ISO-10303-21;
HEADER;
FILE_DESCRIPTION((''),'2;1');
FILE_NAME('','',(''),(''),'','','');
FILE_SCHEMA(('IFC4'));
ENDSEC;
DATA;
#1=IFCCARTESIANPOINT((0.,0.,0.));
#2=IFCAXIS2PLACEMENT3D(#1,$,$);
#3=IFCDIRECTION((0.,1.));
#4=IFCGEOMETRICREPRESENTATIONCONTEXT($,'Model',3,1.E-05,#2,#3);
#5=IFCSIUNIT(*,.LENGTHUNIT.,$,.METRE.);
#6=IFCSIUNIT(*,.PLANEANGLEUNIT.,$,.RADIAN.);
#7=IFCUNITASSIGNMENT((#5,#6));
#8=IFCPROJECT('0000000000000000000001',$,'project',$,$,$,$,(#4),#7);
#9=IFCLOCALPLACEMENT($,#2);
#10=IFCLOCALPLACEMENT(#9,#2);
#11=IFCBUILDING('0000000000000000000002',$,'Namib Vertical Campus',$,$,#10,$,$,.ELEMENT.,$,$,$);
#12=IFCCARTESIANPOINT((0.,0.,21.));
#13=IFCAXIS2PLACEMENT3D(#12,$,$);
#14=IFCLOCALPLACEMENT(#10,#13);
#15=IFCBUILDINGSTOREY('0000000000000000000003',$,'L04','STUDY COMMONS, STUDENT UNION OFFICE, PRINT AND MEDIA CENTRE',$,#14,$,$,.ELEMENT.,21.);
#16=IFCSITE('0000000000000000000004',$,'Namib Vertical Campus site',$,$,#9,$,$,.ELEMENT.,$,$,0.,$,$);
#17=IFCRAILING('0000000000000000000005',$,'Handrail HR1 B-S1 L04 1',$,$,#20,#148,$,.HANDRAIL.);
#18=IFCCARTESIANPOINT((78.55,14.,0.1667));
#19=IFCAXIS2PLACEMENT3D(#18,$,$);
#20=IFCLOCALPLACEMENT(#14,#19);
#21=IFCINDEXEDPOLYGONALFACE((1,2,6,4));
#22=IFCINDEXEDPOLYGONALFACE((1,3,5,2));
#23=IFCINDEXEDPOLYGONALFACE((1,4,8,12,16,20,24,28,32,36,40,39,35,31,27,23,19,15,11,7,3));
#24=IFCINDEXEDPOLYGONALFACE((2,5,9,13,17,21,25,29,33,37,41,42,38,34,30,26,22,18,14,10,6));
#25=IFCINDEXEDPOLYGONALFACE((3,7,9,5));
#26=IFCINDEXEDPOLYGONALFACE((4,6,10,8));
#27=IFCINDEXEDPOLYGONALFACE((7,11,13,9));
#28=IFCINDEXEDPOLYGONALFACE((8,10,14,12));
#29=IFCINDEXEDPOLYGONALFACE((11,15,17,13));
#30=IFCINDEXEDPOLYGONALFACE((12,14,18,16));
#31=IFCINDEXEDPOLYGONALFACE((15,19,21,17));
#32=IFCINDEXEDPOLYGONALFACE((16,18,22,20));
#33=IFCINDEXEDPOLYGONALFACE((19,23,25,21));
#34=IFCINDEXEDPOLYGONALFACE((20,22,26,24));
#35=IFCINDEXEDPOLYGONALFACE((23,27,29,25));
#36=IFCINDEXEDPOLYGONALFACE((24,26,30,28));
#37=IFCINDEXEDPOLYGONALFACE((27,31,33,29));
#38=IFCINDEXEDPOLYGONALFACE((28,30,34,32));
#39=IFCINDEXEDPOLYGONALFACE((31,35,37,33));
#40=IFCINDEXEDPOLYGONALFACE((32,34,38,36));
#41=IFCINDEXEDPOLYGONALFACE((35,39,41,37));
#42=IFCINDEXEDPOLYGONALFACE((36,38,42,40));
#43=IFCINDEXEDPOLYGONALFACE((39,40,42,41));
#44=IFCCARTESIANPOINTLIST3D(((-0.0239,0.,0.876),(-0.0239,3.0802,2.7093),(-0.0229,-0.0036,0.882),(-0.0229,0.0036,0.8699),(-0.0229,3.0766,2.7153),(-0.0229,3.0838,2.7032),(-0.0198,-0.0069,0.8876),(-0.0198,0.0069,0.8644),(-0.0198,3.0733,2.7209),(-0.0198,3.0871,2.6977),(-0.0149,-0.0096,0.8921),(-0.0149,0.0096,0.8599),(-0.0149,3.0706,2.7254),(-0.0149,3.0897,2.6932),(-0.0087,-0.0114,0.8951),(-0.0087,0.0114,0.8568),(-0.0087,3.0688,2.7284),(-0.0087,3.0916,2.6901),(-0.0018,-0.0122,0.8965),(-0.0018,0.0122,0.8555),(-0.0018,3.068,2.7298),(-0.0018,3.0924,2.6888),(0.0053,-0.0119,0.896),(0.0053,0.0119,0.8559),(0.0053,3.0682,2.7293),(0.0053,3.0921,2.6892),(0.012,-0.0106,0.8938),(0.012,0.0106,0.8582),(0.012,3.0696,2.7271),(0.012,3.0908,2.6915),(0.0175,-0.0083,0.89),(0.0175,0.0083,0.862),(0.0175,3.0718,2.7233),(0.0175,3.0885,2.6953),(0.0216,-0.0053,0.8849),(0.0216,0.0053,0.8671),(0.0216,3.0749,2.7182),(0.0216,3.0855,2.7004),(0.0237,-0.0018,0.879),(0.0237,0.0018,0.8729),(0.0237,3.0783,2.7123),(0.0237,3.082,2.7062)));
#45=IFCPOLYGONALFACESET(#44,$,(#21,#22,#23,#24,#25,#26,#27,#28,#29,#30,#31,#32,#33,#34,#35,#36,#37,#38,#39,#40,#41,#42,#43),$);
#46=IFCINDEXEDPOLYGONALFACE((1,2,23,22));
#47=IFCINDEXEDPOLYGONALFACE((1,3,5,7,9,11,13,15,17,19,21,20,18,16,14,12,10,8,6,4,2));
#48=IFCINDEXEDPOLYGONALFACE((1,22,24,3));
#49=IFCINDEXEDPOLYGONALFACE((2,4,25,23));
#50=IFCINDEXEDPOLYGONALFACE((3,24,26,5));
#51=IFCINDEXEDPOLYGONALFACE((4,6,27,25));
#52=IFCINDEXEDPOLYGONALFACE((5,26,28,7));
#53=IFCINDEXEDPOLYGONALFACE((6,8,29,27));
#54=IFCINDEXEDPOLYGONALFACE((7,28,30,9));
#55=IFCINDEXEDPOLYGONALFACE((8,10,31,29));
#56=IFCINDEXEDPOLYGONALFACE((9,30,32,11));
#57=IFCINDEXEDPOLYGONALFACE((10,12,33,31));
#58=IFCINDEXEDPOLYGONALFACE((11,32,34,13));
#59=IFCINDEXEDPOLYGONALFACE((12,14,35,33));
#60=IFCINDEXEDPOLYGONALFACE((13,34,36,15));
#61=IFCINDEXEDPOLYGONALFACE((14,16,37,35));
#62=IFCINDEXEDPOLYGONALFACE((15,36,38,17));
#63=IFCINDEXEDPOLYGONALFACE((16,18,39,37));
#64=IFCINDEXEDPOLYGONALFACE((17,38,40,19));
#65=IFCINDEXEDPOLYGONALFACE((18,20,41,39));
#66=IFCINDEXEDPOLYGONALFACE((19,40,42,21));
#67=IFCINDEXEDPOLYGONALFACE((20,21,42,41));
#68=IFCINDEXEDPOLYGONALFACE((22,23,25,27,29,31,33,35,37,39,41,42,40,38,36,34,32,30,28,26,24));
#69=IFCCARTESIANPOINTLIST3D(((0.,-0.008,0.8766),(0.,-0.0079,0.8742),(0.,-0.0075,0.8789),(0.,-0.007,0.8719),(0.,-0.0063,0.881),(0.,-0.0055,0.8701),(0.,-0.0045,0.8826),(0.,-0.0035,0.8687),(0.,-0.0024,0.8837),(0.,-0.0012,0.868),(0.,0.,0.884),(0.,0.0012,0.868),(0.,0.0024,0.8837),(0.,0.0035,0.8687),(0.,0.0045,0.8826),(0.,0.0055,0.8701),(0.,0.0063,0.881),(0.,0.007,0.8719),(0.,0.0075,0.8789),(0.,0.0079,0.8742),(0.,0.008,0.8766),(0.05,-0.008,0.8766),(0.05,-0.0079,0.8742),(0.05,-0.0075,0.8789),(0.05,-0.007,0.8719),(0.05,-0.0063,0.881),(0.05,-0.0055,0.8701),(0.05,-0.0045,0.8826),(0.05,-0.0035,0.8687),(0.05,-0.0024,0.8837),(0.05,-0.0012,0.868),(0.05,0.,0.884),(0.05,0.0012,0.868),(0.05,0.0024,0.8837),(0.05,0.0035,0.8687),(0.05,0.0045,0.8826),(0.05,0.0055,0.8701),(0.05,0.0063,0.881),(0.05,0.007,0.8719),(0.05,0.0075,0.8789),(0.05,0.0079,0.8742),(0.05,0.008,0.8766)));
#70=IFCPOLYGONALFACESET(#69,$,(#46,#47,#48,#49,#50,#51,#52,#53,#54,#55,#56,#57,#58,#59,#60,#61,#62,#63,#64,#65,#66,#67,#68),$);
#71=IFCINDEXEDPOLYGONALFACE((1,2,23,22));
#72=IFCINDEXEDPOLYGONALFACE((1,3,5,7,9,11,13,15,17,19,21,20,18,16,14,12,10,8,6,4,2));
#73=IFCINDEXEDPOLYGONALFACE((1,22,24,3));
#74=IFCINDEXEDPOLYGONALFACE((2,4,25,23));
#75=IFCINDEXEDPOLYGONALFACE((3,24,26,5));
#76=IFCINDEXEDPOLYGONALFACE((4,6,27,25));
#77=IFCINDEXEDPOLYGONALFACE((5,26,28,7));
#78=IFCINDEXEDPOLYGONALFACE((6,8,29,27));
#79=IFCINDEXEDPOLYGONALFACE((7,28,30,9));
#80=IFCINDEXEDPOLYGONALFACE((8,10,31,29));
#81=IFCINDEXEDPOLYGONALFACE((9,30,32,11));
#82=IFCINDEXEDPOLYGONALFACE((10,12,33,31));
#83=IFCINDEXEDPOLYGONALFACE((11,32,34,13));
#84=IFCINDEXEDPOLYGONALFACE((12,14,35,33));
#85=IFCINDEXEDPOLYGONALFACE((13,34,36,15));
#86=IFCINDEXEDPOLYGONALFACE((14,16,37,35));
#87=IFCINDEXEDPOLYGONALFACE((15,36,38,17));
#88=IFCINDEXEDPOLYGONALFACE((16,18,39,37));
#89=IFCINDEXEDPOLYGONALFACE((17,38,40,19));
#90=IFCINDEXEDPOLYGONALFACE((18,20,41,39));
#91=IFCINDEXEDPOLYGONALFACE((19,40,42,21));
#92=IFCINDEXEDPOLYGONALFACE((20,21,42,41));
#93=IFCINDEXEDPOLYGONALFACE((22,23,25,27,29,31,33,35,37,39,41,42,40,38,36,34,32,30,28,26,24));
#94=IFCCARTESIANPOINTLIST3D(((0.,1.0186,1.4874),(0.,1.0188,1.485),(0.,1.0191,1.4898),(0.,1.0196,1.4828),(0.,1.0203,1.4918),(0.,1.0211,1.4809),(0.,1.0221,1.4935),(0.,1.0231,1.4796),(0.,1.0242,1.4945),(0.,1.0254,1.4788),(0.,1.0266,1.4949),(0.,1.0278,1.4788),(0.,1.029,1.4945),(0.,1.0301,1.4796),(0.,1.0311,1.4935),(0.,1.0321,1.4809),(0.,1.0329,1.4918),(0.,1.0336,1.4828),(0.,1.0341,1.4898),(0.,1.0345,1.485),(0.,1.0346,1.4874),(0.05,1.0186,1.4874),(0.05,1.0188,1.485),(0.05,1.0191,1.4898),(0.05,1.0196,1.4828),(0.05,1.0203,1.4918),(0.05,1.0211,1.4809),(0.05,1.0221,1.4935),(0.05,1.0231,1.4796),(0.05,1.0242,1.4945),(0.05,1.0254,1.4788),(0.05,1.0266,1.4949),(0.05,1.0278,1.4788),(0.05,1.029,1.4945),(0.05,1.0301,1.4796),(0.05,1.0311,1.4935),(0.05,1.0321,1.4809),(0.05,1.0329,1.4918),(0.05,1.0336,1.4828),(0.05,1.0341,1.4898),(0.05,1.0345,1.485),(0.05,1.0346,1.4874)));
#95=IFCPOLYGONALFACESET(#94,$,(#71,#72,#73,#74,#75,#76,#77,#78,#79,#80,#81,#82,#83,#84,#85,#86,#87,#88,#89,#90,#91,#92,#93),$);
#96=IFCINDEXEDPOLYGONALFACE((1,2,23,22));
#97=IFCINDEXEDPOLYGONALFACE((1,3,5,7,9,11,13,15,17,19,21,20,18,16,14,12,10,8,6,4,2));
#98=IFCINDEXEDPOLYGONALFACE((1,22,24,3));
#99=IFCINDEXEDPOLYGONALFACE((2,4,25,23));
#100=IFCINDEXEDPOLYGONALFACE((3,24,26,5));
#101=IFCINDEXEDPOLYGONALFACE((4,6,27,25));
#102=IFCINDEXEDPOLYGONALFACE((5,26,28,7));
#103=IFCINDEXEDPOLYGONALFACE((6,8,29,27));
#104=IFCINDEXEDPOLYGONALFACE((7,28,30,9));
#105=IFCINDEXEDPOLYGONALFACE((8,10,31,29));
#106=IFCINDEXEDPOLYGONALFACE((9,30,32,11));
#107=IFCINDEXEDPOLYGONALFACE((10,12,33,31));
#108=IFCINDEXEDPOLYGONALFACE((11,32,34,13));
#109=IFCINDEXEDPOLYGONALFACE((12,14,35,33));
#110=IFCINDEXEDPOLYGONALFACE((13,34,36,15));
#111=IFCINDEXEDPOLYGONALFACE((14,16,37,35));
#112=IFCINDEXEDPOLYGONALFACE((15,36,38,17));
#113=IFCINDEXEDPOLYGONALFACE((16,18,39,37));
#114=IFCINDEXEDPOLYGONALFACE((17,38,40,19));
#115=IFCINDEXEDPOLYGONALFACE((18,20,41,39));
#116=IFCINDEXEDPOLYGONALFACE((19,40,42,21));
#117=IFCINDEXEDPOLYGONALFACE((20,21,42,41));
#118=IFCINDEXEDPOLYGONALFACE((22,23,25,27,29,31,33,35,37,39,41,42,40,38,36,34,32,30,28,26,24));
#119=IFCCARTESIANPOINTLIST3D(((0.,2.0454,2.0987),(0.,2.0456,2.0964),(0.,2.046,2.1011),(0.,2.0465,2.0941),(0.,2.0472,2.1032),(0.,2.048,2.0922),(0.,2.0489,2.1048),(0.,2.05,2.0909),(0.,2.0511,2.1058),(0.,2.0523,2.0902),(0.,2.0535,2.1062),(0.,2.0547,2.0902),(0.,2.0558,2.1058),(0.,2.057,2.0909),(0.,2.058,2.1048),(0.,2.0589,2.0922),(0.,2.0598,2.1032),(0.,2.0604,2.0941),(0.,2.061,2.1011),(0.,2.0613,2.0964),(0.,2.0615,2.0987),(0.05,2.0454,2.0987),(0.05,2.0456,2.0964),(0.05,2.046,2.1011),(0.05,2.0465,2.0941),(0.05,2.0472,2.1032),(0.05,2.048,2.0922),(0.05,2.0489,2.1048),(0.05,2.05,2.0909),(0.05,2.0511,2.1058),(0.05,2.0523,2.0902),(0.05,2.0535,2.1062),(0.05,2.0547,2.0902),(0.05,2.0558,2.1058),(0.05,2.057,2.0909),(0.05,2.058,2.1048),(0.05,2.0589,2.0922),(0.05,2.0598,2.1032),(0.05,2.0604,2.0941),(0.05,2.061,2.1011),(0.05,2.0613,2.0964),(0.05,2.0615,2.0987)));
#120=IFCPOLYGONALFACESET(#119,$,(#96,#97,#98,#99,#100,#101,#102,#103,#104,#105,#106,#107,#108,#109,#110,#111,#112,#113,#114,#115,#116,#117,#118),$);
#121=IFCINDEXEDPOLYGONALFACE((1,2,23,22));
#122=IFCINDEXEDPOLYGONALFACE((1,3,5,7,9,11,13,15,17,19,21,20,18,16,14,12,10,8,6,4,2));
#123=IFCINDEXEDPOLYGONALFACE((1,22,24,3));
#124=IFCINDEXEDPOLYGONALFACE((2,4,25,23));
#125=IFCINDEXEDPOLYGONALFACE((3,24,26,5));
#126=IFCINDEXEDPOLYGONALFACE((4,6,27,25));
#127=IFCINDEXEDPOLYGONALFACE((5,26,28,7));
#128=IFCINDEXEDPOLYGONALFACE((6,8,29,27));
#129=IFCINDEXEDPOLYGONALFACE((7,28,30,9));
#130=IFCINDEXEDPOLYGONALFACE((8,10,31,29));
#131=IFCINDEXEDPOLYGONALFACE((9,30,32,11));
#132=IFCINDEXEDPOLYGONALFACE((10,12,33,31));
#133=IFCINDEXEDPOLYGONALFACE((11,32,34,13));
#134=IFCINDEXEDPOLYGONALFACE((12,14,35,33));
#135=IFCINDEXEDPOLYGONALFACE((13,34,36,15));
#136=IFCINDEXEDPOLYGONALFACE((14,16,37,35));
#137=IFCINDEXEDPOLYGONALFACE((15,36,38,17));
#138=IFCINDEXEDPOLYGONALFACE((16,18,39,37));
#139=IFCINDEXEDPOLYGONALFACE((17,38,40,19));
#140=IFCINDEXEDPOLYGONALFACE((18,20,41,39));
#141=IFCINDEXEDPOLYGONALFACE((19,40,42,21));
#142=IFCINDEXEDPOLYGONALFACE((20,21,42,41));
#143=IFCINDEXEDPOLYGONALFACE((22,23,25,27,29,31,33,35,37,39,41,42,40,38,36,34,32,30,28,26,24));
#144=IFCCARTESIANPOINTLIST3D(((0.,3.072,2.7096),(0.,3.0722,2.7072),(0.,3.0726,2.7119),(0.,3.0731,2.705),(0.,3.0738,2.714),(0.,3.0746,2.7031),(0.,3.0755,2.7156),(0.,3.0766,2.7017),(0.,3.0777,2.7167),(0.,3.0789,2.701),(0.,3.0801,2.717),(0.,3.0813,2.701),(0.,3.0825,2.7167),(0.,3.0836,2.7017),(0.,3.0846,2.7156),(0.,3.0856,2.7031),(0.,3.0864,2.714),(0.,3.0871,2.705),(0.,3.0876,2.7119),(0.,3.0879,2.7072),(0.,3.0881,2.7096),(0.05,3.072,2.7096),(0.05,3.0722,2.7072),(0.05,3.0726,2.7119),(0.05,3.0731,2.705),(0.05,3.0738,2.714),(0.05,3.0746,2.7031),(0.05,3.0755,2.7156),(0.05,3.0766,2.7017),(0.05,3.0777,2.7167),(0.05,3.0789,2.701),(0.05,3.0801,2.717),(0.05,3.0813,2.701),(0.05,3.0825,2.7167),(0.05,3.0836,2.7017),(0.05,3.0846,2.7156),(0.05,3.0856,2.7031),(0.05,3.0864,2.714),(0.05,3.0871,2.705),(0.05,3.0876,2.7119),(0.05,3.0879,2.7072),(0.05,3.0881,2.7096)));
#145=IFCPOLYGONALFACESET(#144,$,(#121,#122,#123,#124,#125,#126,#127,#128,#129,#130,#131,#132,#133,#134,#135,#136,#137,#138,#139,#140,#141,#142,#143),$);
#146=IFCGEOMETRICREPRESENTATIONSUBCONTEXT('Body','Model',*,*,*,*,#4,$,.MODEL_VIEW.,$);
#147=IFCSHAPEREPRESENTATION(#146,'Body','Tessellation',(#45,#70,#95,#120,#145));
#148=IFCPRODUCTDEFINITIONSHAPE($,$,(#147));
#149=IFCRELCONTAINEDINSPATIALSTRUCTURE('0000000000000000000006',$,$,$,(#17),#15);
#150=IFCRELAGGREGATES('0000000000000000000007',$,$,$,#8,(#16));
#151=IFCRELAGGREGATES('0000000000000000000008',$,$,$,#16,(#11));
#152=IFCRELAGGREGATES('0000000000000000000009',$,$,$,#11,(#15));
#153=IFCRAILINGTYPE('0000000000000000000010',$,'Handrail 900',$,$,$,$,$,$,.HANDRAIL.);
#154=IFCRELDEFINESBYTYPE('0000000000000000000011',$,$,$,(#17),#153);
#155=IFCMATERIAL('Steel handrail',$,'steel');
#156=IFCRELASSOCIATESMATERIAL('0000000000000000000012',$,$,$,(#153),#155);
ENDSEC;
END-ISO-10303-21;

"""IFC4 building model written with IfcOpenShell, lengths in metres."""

from ifc_helpers import new_model, si_unit, direction, frame, origin, origin_2d, place, context, subcontext, project, spatial, circle, extrude, material, type_object, element, save


model = new_model("IFC4")

# Units and contexts
model_context = context("Model", 3, precision=1e-05, world=origin(), true_north=direction((0.0, 1.0)))
body_context = subcontext(model_context, "Body", "Model", "MODEL_VIEW")
ifc_project = project(units=[si_unit("LENGTHUNIT", "METRE"), si_unit("PLANEANGLEUNIT", "RADIAN")], contexts=[model_context])

# Site, building, storey
site_placement = place(None, origin())
site = spatial("IfcSite", under=ifc_project, at=site_placement, Name="Namib Vertical Campus site", CompositionType="ELEMENT", RefElevation=0.0)
building_placement = place(site_placement, origin())
building = spatial("IfcBuilding", under=site, at=building_placement, Name="Namib Vertical Campus", CompositionType="ELEMENT")
storey_placement = place(building_placement, frame((0.0, 0.0, 21.0)))
storey = spatial("IfcBuildingStorey", under=building, at=storey_placement, Name="L04", Description="STUDY COMMONS, STUDENT UNION OFFICE, PRINT AND MEDIA CENTRE", CompositionType="ELEMENT", Elevation=21.0)

# Railing
ifc_material_1 = material(Name="Steel handrail", Category="steel")
railing_type_1 = type_object("IfcRailingType", Name="Handrail 900", PredefinedType="HANDRAIL", material=ifc_material_1)
railing_1_placement = place(storey_placement, frame((78.55, 14.0, 0.1667)))
element("IfcRailing", 1, at=railing_1_placement, inside=storey, type_object=railing_type_1, Name="Handrail HR1 B-S1 L04 1", PredefinedType="HANDRAIL", context=body_context, shape_type="SweptSolid", body=[
    extrude(circle(Radius=0.0239, at=origin_2d()), frame((0.0, 0.0, 0.876), z_axis=(0.0, 0.859309, 0.511458), x_axis=(-1.0, 0.0, 0.0)), (0.0, 0.0, 1.0), 3.5845),
    extrude(circle(Radius=0.0081, at=origin_2d()), frame((0.0, 0.0, 0.876), z_axis=(1.0, 0.0, 0.0), x_axis=(0.0, 0.0, 1.0)), (0.0, 0.0, 1.0), 0.05),
    extrude(circle(Radius=0.0081, at=origin_2d()), frame((0.0, 1.0266, 1.4868), z_axis=(1.0, 0.0, 0.0), x_axis=(0.0, 0.0, 1.0)), (0.0, 0.0, 1.0), 0.05),
    extrude(circle(Radius=0.0081, at=origin_2d()), frame((0.0, 2.0535, 2.0981), z_axis=(1.0, 0.0, 0.0), x_axis=(0.0, 0.0, 1.0)), (0.0, 0.0, 1.0), 0.05),
    extrude(circle(Radius=0.0081, at=origin_2d()), frame((0.0, 3.0801, 2.709), z_axis=(1.0, 0.0, 0.0), x_axis=(0.0, 0.0, 1.0)), (0.0, 0.0, 1.0), 0.05),
])

save(model, "model.ifc")
